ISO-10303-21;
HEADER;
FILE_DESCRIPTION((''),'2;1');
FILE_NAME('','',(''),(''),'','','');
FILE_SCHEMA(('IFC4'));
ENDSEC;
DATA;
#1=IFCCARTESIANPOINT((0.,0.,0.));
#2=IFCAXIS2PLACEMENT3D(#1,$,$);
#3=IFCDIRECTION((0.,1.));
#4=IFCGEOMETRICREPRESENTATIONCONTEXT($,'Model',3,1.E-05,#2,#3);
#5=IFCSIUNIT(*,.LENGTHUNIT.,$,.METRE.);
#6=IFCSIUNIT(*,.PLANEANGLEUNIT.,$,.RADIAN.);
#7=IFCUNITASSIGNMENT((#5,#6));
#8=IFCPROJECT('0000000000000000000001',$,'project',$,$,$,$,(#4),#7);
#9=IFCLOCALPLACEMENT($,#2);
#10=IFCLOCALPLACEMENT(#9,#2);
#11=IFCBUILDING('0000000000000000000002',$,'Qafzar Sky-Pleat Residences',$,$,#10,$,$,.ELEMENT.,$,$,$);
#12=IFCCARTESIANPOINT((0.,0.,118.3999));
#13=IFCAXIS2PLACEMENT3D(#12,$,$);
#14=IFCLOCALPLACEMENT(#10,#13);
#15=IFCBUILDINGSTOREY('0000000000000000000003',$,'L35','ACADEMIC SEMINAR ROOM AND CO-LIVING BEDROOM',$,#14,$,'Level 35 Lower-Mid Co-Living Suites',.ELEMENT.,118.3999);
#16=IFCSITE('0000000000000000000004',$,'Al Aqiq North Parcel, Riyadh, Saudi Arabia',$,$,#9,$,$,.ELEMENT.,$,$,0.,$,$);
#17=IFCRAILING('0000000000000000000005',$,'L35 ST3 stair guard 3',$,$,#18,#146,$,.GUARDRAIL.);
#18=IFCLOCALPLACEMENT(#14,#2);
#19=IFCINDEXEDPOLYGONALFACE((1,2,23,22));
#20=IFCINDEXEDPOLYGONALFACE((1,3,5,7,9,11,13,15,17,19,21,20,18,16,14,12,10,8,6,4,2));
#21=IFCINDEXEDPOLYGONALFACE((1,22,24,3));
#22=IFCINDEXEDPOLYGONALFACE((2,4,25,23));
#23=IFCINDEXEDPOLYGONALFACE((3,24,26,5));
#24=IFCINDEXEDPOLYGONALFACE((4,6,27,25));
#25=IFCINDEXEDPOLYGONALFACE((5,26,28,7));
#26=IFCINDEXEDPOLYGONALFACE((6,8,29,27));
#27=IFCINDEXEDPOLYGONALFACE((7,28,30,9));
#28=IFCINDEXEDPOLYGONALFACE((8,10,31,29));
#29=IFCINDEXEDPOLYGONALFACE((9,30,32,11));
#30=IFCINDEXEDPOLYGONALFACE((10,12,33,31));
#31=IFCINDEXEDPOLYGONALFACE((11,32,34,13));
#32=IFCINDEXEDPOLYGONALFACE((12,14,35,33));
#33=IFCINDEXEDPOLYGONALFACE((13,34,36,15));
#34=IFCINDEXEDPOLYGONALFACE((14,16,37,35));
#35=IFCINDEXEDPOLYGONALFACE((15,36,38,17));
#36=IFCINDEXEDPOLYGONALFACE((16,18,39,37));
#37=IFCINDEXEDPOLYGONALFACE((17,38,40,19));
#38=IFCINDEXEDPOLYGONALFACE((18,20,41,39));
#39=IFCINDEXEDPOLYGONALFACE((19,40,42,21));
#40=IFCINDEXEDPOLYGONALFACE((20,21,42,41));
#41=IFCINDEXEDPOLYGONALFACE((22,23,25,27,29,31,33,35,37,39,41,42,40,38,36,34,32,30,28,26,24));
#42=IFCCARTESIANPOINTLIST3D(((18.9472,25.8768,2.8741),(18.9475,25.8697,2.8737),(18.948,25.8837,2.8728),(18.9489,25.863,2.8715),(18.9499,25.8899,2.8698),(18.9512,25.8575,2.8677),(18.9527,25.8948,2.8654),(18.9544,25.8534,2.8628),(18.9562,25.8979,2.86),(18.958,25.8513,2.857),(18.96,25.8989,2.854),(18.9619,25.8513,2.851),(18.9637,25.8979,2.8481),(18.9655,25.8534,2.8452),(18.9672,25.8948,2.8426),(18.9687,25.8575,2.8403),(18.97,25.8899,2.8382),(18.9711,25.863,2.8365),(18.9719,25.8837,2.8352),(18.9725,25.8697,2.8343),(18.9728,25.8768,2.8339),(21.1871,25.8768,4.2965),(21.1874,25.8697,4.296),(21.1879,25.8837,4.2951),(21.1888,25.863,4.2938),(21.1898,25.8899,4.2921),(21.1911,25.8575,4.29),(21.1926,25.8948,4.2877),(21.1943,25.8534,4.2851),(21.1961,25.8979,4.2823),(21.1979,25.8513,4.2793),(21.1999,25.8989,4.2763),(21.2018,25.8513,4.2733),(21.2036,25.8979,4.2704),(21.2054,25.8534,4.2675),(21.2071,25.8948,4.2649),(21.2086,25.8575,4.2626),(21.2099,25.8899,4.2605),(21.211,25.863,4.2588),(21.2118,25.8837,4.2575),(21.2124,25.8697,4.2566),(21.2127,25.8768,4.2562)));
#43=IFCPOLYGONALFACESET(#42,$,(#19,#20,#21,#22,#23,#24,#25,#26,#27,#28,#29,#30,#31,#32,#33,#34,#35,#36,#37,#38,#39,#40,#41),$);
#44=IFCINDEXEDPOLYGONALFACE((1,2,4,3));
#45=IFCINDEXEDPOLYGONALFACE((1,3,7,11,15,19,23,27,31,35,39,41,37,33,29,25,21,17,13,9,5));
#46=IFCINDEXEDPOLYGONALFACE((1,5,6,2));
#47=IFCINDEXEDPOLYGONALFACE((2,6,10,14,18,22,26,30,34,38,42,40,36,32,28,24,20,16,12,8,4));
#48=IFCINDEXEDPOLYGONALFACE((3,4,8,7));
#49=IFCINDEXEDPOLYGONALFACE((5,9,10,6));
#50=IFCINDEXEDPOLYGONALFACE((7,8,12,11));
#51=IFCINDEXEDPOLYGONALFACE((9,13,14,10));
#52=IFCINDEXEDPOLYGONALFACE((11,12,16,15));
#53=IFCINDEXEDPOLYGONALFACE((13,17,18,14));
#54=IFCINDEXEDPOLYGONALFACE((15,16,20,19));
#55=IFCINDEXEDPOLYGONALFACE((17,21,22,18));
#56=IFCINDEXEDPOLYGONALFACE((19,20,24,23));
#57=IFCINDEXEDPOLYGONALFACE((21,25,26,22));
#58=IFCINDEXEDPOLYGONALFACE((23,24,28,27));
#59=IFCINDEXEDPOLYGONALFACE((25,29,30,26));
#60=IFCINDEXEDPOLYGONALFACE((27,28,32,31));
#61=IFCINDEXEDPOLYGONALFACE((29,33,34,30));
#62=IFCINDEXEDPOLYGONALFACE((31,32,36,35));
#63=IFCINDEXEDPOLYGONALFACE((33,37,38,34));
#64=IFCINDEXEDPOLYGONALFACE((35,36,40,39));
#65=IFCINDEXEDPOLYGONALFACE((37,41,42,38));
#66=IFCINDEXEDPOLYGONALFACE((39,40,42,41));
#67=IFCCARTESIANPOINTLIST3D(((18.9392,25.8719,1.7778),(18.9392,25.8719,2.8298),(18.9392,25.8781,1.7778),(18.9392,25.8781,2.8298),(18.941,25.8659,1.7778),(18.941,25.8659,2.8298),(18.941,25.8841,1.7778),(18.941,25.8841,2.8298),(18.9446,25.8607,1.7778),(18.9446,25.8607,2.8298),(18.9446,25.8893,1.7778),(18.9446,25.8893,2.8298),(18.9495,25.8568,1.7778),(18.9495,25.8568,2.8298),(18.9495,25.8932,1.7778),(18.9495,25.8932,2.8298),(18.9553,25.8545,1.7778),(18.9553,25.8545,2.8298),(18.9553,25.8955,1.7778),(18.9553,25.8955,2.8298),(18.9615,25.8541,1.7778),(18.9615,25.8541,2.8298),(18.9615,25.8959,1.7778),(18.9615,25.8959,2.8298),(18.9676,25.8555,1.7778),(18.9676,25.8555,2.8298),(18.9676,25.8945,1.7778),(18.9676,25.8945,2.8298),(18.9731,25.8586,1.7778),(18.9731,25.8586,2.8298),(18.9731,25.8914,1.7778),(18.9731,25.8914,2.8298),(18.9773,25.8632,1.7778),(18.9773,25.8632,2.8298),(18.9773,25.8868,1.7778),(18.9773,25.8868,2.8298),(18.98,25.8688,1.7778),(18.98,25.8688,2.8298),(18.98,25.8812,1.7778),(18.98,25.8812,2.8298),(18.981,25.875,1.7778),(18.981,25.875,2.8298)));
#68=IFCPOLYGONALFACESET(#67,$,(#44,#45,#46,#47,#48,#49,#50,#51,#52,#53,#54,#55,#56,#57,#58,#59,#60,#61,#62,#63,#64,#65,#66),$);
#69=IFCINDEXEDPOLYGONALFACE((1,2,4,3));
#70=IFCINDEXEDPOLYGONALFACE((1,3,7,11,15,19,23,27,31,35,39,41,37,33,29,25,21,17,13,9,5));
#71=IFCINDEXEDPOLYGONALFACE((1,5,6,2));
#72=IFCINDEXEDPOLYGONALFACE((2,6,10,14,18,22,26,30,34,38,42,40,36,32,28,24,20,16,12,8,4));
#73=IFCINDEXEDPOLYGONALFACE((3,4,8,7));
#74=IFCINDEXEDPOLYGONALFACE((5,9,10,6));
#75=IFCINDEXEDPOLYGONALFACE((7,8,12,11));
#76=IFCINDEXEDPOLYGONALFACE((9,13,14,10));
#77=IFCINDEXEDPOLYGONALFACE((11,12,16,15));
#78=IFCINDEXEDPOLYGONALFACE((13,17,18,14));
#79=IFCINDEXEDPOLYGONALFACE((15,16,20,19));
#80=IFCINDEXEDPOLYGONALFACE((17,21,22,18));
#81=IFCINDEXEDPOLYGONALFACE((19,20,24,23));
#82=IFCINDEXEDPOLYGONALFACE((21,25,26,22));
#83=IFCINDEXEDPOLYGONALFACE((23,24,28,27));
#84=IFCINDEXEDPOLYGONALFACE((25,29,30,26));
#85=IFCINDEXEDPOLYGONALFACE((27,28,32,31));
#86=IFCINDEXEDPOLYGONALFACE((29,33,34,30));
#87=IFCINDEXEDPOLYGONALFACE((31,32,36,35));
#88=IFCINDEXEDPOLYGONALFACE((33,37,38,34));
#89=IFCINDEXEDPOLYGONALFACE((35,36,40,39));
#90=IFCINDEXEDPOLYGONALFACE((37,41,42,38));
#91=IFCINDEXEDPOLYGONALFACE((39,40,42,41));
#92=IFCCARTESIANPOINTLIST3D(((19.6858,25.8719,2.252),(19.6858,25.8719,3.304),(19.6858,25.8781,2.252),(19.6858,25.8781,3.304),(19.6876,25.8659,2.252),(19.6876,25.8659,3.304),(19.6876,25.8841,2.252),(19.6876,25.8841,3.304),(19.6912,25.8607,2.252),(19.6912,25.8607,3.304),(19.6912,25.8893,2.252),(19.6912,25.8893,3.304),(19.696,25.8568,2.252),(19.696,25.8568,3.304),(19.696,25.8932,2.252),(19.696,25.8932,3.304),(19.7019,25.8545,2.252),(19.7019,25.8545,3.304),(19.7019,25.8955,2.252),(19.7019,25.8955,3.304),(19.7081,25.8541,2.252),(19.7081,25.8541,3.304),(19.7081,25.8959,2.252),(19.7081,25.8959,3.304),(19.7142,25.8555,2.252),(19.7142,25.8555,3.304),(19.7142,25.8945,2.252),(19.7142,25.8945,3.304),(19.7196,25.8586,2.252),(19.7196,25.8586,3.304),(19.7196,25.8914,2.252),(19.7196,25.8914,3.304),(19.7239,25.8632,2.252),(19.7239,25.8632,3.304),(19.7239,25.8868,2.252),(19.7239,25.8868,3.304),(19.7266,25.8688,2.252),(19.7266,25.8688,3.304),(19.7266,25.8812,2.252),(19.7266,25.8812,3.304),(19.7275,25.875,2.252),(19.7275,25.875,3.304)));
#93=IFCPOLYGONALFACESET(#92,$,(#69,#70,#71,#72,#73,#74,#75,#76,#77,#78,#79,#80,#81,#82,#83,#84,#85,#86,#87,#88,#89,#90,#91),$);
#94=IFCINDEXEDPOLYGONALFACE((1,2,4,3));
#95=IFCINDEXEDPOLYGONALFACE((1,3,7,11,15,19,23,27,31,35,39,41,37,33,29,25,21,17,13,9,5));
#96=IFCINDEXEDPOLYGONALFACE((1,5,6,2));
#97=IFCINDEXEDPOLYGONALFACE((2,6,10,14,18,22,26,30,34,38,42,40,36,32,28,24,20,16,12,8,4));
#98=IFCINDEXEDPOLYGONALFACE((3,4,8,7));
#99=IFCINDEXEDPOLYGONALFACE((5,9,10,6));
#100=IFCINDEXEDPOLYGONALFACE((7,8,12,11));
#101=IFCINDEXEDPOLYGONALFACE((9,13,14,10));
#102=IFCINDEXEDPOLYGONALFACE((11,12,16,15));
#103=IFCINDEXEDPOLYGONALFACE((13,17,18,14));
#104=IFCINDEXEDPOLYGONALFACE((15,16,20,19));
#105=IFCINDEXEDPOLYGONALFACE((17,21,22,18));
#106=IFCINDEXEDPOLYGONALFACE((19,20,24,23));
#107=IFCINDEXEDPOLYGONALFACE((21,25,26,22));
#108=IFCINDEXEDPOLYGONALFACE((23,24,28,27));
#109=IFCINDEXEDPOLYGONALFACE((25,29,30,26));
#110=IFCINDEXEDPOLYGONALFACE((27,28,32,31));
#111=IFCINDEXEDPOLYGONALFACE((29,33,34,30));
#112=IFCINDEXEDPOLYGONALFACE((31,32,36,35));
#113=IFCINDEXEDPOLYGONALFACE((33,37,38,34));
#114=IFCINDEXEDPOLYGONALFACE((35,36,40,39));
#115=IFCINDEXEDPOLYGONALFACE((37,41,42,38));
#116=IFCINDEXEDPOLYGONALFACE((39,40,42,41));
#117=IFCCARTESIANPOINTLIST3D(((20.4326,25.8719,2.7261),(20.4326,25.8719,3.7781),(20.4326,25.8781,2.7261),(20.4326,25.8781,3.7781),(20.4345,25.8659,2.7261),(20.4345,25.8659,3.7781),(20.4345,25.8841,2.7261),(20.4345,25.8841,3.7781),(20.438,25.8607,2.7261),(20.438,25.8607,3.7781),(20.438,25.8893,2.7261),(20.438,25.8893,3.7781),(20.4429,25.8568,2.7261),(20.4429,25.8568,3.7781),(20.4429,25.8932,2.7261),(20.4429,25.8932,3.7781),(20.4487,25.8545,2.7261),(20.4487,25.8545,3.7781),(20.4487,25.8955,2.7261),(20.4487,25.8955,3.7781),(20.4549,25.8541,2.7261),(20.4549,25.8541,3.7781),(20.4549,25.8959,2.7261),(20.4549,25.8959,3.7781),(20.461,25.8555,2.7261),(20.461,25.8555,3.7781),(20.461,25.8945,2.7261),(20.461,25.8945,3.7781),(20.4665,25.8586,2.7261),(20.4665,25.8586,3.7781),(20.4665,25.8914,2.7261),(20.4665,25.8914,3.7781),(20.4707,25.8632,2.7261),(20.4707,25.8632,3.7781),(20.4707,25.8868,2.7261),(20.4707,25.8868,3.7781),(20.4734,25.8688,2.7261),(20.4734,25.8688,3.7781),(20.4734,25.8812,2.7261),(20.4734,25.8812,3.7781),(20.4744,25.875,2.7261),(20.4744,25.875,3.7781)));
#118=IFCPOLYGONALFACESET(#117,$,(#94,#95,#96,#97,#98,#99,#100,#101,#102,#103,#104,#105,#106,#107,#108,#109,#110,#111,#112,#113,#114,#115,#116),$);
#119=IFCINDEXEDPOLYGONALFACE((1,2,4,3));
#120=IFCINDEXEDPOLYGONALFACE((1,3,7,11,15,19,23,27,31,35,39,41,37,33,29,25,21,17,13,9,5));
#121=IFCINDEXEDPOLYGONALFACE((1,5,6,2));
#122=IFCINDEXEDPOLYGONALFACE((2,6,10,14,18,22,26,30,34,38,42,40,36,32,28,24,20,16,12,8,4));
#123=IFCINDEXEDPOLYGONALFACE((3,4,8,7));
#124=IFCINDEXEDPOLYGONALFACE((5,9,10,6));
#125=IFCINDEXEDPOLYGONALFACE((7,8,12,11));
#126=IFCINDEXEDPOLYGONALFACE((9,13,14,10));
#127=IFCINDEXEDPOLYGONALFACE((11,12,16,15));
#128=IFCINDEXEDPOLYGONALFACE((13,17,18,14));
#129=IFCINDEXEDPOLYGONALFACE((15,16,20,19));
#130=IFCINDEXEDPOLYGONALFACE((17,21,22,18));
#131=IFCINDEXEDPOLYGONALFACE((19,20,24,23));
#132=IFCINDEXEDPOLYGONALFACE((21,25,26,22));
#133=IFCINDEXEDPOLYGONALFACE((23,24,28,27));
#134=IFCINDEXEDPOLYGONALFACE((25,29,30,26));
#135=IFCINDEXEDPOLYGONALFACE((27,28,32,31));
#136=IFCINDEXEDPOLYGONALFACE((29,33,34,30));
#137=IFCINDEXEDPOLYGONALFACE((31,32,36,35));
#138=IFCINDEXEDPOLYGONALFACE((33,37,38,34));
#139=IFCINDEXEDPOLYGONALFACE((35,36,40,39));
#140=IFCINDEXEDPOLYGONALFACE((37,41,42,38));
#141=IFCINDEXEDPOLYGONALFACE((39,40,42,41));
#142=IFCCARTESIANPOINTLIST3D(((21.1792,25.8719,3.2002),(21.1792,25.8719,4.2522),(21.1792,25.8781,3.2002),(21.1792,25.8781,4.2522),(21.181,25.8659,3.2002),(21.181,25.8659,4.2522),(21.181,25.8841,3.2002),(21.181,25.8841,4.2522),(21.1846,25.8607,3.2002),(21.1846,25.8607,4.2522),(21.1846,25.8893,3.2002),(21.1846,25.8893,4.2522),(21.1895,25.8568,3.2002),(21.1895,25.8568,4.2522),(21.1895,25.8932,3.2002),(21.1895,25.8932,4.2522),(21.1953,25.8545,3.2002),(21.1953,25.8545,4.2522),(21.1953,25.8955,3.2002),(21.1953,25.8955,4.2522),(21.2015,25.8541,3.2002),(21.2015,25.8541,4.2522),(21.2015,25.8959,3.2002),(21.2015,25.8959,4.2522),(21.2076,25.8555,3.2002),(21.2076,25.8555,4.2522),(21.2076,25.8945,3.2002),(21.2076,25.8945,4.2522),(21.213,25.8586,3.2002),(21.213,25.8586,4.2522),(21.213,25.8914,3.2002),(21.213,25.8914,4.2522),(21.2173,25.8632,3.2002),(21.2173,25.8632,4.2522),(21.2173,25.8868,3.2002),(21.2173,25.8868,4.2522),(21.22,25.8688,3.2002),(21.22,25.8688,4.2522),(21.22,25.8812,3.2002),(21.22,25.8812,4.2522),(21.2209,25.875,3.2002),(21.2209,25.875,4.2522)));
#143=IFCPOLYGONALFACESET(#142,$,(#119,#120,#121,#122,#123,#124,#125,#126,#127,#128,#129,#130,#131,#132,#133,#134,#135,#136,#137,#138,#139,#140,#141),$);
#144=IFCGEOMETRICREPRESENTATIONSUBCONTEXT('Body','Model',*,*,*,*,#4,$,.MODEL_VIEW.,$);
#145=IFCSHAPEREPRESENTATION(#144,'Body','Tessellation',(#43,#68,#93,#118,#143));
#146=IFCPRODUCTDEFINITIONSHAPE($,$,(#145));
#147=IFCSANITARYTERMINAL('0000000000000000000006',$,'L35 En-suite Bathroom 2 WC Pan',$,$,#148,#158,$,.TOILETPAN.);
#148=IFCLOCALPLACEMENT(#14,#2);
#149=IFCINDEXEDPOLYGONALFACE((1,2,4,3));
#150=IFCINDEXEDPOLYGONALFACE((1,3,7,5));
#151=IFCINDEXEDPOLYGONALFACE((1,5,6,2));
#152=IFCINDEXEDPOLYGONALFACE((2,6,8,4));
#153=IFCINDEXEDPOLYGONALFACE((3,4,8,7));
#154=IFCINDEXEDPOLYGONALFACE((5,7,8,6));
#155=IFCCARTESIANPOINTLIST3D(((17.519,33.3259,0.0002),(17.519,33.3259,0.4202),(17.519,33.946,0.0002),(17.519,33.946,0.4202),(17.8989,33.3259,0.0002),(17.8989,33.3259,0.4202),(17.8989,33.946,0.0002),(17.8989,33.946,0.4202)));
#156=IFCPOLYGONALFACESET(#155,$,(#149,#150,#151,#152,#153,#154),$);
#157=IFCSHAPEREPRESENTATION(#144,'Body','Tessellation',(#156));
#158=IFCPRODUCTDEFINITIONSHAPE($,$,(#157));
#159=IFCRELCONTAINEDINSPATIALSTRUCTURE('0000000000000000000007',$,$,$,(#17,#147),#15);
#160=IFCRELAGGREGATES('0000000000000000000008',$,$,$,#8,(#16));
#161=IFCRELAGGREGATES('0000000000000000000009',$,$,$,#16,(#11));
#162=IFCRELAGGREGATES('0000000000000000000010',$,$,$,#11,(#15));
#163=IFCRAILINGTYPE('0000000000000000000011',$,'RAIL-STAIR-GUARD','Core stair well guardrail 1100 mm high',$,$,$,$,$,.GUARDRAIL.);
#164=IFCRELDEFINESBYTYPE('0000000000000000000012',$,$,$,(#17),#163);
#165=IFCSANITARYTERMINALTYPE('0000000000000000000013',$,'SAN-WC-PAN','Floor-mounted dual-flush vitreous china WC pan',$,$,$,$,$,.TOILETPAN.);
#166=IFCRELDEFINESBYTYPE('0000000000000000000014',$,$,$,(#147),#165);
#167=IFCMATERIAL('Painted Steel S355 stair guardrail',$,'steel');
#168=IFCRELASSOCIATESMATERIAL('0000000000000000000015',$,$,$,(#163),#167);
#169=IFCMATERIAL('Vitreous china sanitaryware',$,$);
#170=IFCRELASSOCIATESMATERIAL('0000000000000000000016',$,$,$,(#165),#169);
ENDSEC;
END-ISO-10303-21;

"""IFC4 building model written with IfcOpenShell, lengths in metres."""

from ifc_helpers import new_model, si_unit, direction, frame, origin, origin_2d, place, context, subcontext, project, spatial, rectangle, circle, extrude, source, transform, mapped, material, type_object, element, save


model = new_model("IFC4")

# Units and contexts
model_context = context("Model", 3, precision=1e-05, world=origin(), true_north=direction((0.0, 1.0)))
body_context = subcontext(model_context, "Body", "Model", "MODEL_VIEW")
ifc_project = project(units=[si_unit("LENGTHUNIT", "METRE"), si_unit("PLANEANGLEUNIT", "RADIAN")], contexts=[model_context])

# Site, building, storey
site_placement = place(None, origin())
site = spatial("IfcSite", under=ifc_project, at=site_placement, Name="Al Aqiq North Parcel, Riyadh, Saudi Arabia", CompositionType="ELEMENT", RefElevation=0.0)
building_placement = place(site_placement, origin())
building = spatial("IfcBuilding", under=site, at=building_placement, Name="Qafzar Sky-Pleat Residences", CompositionType="ELEMENT")
storey_placement = place(building_placement, frame((0.0, 0.0, 118.3999)))
storey = spatial("IfcBuildingStorey", under=building, at=storey_placement, Name="L35", Description="ACADEMIC SEMINAR ROOM AND CO-LIVING BEDROOM", LongName="Level 35 Lower-Mid Co-Living Suites", CompositionType="ELEMENT", Elevation=118.3999)

# Railing
ifc_material_1 = material(Name="Painted Steel S355 stair guardrail", Category="steel")
railing_type = type_object("IfcRailingType", Name="RAIL-STAIR-GUARD", Description="Core stair well guardrail 1100 mm high", PredefinedType="GUARDRAIL", material=ifc_material_1)
shared_shape_1 = source(origin(), body_context, "Body", "SweptSolid", [
    extrude(circle(Radius=0.0239, at=origin_2d()), frame((0.0, 0.0, 1.0762), z_axis=(0.844188, 0.0, 0.536048), x_axis=(0.0, 1.0, 0.0)), (0.0, 0.0, 1.0), 2.6533),
    extrude(circle(Radius=0.021, at=origin_2d()), origin(), (0.0, 0.0, 1.0), 1.052),
    extrude(circle(Radius=0.021, at=origin_2d()), frame((0.7466, 0.0, 0.4741)), (0.0, 0.0, 1.0), 1.052),
    extrude(circle(Radius=0.021, at=origin_2d()), frame((1.4934, 0.0, 0.9482)), (0.0, 0.0, 1.0), 1.052),
    extrude(circle(Radius=0.021, at=origin_2d()), frame((2.24, 0.0, 1.4224)), (0.0, 0.0, 1.0), 1.052),
])
railing_1_placement = place(storey_placement, frame((18.96, 25.875, 1.7778)))
element("IfcRailing", 1, at=railing_1_placement, inside=storey, type_object=railing_type, Name="L35 ST3 stair guard 3", PredefinedType="GUARDRAIL", context=body_context, shape_type="MappedRepresentation", body=[
    mapped(shared_shape_1, transform((0.0, 0.0, 0.0), x_axis=(1.0, 0.0, 0.0), y_axis=(0.0, 1.0, 0.0), z_axis=(0.0, 0.0, 1.0), scale=1.0)),
])

# Sanitary terminal
ifc_material_2 = material(Name="Vitreous china sanitaryware")
sanitary_terminal_type = type_object("IfcSanitaryTerminalType", Name="SAN-WC-PAN", Description="Floor-mounted dual-flush vitreous china WC pan", PredefinedType="TOILETPAN", material=ifc_material_2)
shared_shape_2 = source(origin(), body_context, "Body", "SweptSolid", [
    extrude(rectangle(XDim=0.3799, YDim=0.6201, at=origin_2d()), origin(), (0.0, 0.0, 1.0), 0.4199),
])
sanitary_terminal_placement = place(storey_placement, frame((17.709, 33.636, 0.0002), z_axis=(0.0, 0.0, 1.0), x_axis=(1.0, 0.0, 0.0)))
element("IfcSanitaryTerminal", 2, at=sanitary_terminal_placement, inside=storey, type_object=sanitary_terminal_type, Name="L35 En-suite Bathroom 2 WC Pan", PredefinedType="TOILETPAN", context=body_context, shape_type="MappedRepresentation", body=[
    mapped(shared_shape_2, transform((0.0, 0.0, 0.0), x_axis=(1.0, 0.0, 0.0), y_axis=(0.0, 1.0, 0.0), z_axis=(0.0, 0.0, 1.0), scale=1.0)),
])

save(model, "model.ifc")
